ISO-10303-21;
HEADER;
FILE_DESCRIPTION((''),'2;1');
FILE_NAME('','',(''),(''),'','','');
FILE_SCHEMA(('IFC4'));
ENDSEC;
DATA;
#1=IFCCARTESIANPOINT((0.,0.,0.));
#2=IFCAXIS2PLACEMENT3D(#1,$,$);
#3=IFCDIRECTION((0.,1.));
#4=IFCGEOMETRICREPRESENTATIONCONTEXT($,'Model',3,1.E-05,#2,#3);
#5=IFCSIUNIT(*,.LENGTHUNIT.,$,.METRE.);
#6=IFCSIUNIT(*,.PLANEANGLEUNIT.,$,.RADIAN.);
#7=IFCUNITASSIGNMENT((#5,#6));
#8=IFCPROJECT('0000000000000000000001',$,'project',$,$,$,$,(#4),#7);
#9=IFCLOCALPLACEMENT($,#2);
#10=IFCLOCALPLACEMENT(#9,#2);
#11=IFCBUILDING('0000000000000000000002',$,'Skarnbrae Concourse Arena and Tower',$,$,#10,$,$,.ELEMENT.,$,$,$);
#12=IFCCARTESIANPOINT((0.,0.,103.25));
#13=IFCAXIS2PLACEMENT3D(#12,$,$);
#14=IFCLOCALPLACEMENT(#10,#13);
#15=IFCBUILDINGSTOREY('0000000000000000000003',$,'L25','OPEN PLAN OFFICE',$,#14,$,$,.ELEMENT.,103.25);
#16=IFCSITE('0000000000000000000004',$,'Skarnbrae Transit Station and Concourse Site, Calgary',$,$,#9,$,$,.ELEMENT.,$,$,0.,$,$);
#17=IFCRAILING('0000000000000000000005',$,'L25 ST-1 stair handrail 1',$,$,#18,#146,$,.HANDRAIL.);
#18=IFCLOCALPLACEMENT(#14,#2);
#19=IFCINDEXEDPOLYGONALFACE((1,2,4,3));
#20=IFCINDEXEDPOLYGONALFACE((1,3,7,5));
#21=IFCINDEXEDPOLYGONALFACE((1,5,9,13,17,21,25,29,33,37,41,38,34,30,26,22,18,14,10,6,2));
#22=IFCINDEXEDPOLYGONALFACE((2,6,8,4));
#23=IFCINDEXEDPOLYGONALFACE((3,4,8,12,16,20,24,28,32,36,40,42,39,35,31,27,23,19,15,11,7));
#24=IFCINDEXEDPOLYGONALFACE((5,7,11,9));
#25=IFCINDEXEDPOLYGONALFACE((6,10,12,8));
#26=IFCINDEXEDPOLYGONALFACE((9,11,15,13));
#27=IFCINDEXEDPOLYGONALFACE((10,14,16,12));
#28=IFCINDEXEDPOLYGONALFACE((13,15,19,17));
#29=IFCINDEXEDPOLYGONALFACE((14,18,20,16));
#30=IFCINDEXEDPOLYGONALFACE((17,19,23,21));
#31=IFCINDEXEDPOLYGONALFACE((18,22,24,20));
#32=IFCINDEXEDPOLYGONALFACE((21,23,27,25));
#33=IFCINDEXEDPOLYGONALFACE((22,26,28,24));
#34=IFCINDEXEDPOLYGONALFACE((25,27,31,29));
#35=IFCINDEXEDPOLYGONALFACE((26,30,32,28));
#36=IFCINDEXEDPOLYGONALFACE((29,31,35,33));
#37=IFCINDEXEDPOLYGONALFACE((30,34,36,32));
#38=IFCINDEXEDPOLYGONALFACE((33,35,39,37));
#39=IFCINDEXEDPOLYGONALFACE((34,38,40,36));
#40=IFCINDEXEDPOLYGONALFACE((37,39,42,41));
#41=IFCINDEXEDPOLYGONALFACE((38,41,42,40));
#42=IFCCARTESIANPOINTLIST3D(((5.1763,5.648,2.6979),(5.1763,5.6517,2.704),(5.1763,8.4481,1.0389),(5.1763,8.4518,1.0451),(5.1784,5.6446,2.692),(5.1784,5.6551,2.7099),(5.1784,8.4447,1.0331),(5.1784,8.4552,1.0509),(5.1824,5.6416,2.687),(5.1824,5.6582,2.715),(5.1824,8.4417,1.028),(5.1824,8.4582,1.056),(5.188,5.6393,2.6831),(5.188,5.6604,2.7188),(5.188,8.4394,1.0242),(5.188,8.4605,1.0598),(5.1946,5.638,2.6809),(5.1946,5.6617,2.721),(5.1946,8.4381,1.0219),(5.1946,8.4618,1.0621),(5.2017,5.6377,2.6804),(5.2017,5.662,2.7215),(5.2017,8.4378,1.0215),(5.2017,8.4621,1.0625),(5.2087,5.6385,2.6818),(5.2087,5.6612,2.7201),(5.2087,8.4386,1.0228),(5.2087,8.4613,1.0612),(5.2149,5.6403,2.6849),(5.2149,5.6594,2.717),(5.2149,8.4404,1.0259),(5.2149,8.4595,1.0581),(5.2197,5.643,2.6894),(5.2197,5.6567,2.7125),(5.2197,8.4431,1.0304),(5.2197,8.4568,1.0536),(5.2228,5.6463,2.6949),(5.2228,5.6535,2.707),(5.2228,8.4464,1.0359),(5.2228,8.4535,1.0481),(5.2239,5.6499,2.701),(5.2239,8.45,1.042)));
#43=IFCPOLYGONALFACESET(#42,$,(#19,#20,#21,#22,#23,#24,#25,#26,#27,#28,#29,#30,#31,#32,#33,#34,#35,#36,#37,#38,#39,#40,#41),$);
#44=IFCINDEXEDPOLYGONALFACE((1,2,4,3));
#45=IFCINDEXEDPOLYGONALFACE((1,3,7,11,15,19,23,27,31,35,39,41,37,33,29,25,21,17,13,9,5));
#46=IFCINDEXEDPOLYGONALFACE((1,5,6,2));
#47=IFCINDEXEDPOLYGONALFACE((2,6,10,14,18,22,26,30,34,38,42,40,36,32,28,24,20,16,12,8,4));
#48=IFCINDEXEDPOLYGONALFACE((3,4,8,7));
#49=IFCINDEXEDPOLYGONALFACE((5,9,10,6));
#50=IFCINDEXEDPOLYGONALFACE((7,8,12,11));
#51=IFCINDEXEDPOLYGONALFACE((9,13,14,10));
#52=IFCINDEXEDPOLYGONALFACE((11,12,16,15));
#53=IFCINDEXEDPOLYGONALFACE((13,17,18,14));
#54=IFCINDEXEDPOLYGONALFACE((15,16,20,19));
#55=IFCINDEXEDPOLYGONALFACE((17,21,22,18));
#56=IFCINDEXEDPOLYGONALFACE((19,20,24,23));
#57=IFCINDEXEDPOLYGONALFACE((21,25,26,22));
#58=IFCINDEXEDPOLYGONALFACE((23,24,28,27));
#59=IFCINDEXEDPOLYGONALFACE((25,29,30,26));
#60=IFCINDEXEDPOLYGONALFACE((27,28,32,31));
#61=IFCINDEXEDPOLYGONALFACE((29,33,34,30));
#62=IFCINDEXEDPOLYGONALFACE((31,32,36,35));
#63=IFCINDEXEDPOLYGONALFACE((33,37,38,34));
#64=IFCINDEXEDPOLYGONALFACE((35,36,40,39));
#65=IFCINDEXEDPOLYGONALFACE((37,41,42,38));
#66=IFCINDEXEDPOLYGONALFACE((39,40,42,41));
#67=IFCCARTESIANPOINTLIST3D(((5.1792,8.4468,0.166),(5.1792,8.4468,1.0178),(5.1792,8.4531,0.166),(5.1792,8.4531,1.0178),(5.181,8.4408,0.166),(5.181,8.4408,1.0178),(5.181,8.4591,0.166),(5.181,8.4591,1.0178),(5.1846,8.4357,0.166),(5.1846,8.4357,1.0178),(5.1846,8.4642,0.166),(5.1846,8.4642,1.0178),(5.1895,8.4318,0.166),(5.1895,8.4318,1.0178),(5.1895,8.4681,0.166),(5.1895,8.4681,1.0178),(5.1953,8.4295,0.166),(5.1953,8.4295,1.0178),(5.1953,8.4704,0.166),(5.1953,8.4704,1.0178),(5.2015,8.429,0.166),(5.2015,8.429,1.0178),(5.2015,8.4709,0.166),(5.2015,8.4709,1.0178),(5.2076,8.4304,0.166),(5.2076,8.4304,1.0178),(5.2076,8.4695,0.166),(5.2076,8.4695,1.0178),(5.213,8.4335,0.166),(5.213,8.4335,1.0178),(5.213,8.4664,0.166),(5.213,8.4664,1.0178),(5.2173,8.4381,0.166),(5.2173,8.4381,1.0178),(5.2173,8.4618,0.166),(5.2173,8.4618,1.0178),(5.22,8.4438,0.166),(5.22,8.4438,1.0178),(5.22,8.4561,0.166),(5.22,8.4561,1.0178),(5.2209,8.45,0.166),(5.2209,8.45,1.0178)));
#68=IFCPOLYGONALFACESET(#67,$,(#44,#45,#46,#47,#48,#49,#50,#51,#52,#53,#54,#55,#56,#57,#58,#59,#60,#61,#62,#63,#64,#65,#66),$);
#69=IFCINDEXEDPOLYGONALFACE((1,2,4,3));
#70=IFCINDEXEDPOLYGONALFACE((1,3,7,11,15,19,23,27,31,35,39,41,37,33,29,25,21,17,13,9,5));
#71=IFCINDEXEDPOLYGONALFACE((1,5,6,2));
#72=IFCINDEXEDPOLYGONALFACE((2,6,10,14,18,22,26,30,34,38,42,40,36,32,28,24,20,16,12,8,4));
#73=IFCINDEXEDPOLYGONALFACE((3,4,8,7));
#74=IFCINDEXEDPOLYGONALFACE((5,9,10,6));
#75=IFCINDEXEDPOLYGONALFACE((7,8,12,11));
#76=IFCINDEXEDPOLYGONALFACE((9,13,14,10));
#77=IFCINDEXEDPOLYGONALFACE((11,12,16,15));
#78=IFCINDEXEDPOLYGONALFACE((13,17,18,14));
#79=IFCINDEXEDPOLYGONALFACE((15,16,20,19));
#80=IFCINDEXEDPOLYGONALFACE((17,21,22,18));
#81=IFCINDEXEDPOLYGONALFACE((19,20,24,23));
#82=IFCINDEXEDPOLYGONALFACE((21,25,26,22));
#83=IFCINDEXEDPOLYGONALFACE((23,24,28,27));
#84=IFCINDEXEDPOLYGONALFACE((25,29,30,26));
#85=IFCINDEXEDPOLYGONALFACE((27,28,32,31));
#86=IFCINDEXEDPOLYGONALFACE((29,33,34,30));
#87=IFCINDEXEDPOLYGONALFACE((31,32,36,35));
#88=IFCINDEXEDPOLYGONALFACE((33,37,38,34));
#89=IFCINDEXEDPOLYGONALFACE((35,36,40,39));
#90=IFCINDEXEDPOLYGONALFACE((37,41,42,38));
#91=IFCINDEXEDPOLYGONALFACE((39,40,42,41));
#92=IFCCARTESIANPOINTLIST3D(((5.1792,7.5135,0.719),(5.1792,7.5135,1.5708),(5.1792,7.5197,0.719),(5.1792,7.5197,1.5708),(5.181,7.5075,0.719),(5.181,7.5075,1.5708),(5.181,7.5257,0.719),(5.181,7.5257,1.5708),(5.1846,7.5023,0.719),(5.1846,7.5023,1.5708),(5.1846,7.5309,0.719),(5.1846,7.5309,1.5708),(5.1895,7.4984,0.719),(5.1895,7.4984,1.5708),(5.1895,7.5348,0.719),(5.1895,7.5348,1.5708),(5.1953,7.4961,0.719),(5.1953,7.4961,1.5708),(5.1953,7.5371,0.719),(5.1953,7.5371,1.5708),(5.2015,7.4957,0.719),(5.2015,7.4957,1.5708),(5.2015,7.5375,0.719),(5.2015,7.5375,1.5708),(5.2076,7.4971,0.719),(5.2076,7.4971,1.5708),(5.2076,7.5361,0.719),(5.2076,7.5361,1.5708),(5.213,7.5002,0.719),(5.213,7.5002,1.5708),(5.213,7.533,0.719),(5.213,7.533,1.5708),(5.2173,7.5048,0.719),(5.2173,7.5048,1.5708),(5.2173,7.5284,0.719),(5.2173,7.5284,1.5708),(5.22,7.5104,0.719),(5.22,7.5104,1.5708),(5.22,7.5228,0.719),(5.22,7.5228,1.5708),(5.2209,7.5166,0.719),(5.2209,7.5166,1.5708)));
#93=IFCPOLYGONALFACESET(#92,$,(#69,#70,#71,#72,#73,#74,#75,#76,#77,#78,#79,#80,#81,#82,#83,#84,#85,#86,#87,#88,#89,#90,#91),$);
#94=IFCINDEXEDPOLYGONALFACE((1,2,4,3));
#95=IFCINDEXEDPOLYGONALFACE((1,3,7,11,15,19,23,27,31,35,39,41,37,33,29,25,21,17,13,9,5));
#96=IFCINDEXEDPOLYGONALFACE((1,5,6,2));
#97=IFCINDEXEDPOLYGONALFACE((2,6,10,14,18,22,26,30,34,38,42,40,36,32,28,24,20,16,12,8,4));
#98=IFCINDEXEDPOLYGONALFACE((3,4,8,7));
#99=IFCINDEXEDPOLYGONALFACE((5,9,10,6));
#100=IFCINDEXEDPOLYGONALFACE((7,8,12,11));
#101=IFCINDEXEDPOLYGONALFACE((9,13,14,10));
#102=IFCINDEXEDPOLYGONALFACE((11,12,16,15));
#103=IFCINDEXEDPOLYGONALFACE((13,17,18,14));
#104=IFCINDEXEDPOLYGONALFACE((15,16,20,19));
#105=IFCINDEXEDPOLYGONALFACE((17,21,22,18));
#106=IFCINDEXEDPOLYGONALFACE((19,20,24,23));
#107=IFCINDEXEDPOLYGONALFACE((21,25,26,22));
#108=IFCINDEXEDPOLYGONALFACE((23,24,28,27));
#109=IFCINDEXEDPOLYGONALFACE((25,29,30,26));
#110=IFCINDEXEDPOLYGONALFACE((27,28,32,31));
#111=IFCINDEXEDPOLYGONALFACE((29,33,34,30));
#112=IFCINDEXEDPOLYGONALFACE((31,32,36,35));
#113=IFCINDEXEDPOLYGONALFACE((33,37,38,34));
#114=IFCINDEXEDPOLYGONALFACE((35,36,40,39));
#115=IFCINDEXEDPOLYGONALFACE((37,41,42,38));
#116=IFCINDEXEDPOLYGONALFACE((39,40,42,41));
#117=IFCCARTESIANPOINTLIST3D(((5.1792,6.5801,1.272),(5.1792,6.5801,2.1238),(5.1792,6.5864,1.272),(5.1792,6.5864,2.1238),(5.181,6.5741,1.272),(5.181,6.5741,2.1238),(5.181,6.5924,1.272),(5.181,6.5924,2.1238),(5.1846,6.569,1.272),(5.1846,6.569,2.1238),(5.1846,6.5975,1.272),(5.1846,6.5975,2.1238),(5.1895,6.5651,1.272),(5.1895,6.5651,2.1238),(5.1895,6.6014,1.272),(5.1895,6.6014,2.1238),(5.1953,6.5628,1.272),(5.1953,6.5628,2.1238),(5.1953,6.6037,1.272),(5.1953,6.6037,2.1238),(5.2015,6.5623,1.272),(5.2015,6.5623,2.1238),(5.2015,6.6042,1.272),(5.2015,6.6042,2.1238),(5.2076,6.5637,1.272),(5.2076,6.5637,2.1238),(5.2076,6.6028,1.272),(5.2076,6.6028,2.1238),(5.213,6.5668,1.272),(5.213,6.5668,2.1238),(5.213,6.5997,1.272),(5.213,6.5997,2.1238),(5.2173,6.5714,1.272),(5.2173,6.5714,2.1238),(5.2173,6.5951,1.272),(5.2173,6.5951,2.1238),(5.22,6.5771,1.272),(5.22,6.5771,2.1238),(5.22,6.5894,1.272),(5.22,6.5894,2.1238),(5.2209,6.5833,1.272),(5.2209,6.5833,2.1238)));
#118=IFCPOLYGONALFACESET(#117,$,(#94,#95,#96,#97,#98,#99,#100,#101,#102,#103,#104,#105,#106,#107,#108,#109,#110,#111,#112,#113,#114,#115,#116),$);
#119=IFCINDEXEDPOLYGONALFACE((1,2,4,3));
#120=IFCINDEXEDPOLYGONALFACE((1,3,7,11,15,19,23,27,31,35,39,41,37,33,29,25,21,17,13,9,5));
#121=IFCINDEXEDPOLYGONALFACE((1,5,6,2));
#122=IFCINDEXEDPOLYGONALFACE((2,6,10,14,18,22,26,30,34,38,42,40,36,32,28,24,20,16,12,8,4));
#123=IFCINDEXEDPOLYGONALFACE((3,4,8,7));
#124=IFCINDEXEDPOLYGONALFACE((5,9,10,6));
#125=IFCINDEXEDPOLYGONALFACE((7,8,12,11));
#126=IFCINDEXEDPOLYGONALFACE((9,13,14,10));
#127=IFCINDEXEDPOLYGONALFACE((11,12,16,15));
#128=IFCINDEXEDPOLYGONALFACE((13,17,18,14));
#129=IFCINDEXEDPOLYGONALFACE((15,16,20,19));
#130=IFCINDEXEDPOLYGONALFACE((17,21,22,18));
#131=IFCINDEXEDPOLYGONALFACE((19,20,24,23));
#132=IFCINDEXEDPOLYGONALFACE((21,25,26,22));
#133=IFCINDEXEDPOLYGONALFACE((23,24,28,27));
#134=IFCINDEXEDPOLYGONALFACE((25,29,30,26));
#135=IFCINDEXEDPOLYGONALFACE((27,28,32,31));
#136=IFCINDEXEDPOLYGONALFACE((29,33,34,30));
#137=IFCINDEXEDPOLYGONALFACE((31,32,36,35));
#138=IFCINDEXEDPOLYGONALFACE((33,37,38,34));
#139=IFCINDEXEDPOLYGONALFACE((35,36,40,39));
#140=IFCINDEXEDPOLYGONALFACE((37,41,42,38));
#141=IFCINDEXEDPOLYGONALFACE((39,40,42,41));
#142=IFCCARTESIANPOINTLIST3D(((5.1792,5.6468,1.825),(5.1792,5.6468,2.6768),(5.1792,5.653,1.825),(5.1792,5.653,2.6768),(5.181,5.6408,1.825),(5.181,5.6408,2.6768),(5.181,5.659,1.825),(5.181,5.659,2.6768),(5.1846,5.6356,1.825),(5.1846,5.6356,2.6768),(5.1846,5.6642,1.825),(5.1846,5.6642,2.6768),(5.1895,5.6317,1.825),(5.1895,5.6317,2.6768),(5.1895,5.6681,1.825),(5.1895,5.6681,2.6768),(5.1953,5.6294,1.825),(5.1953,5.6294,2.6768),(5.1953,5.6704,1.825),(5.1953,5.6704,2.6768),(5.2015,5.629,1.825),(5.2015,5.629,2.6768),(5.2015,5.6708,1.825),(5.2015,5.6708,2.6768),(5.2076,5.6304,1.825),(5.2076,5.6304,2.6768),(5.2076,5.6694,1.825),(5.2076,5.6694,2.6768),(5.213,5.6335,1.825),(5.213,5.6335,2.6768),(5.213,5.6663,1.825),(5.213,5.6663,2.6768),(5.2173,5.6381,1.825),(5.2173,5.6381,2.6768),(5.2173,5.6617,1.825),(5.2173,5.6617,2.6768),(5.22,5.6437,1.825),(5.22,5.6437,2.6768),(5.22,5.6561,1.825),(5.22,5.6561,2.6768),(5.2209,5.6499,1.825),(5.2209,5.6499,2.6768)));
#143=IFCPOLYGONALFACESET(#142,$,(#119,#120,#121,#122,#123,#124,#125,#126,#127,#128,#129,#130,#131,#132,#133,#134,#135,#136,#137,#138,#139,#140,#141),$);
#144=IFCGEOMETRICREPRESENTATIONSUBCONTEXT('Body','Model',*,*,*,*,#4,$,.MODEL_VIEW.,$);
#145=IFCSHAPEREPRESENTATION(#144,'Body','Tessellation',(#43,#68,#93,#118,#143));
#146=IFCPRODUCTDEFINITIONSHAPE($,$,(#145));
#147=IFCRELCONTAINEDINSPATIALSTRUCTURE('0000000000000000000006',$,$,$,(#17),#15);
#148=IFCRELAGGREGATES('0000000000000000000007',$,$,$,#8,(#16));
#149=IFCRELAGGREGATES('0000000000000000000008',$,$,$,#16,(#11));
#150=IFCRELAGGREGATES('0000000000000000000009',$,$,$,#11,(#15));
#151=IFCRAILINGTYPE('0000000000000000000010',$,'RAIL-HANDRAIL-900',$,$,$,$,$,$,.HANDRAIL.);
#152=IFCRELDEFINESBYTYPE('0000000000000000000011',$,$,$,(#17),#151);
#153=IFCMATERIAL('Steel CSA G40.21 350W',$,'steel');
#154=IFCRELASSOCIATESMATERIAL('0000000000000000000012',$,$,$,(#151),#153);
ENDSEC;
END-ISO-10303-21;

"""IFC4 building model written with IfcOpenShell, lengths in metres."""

from ifc_helpers import new_model, si_unit, direction, frame, origin, origin_2d, place, context, subcontext, project, spatial, circle, extrude, material, type_object, element, save


model = new_model("IFC4")

# Units and contexts
model_context = context("Model", 3, precision=1e-05, world=origin(), true_north=direction((0.0, 1.0)))
body_context = subcontext(model_context, "Body", "Model", "MODEL_VIEW")
ifc_project = project(units=[si_unit("LENGTHUNIT", "METRE"), si_unit("PLANEANGLEUNIT", "RADIAN")], contexts=[model_context])

# Site, building, storey
site_placement = place(None, origin())
site = spatial("IfcSite", under=ifc_project, at=site_placement, Name="Skarnbrae Transit Station and Concourse Site, Calgary", CompositionType="ELEMENT", RefElevation=0.0)
building_placement = place(site_placement, origin())
building = spatial("IfcBuilding", under=site, at=building_placement, Name="Skarnbrae Concourse Arena and Tower", CompositionType="ELEMENT")
storey_placement = place(building_placement, frame((0.0, 0.0, 103.25)))
storey = spatial("IfcBuildingStorey", under=building, at=storey_placement, Name="L25", Description="OPEN PLAN OFFICE", CompositionType="ELEMENT", Elevation=103.25)

# Shared definitions
ifc_material_1 = material(Name="Steel CSA G40.21 350W", Category="steel")

# Railing
railing_type_1 = type_object("IfcRailingType", Name="RAIL-HANDRAIL-900", PredefinedType="HANDRAIL", material=ifc_material_1)
railing_1_placement = place(storey_placement, frame((5.2, 8.45, 0.166)))
element("IfcRailing", 1, at=railing_1_placement, inside=storey, type_object=railing_type_1, Name="L25 ST-1 stair handrail 1", PredefinedType="HANDRAIL", context=body_context, shape_type="SweptSolid", body=[
    extrude(circle(Radius=0.0239, at=origin_2d()), frame((0.0, 0.0, 0.876), z_axis=(0.0, -0.860339, 0.509722), x_axis=(1.0, 0.0, 0.0)), (0.0, 0.0, 1.0), 3.2546),
    extrude(circle(Radius=0.021, at=origin_2d()), origin(), (0.0, 0.0, 1.0), 0.8518),
    extrude(circle(Radius=0.021, at=origin_2d()), frame((0.0, -0.9333, 0.553)), (0.0, 0.0, 1.0), 0.8518),
    extrude(circle(Radius=0.021, at=origin_2d()), frame((0.0, -1.8667, 1.106)), (0.0, 0.0, 1.0), 0.8518),
    extrude(circle(Radius=0.021, at=origin_2d()), frame((0.0, -2.8, 1.6589)), (0.0, 0.0, 1.0), 0.8518),
])

save(model, "model.ifc")
